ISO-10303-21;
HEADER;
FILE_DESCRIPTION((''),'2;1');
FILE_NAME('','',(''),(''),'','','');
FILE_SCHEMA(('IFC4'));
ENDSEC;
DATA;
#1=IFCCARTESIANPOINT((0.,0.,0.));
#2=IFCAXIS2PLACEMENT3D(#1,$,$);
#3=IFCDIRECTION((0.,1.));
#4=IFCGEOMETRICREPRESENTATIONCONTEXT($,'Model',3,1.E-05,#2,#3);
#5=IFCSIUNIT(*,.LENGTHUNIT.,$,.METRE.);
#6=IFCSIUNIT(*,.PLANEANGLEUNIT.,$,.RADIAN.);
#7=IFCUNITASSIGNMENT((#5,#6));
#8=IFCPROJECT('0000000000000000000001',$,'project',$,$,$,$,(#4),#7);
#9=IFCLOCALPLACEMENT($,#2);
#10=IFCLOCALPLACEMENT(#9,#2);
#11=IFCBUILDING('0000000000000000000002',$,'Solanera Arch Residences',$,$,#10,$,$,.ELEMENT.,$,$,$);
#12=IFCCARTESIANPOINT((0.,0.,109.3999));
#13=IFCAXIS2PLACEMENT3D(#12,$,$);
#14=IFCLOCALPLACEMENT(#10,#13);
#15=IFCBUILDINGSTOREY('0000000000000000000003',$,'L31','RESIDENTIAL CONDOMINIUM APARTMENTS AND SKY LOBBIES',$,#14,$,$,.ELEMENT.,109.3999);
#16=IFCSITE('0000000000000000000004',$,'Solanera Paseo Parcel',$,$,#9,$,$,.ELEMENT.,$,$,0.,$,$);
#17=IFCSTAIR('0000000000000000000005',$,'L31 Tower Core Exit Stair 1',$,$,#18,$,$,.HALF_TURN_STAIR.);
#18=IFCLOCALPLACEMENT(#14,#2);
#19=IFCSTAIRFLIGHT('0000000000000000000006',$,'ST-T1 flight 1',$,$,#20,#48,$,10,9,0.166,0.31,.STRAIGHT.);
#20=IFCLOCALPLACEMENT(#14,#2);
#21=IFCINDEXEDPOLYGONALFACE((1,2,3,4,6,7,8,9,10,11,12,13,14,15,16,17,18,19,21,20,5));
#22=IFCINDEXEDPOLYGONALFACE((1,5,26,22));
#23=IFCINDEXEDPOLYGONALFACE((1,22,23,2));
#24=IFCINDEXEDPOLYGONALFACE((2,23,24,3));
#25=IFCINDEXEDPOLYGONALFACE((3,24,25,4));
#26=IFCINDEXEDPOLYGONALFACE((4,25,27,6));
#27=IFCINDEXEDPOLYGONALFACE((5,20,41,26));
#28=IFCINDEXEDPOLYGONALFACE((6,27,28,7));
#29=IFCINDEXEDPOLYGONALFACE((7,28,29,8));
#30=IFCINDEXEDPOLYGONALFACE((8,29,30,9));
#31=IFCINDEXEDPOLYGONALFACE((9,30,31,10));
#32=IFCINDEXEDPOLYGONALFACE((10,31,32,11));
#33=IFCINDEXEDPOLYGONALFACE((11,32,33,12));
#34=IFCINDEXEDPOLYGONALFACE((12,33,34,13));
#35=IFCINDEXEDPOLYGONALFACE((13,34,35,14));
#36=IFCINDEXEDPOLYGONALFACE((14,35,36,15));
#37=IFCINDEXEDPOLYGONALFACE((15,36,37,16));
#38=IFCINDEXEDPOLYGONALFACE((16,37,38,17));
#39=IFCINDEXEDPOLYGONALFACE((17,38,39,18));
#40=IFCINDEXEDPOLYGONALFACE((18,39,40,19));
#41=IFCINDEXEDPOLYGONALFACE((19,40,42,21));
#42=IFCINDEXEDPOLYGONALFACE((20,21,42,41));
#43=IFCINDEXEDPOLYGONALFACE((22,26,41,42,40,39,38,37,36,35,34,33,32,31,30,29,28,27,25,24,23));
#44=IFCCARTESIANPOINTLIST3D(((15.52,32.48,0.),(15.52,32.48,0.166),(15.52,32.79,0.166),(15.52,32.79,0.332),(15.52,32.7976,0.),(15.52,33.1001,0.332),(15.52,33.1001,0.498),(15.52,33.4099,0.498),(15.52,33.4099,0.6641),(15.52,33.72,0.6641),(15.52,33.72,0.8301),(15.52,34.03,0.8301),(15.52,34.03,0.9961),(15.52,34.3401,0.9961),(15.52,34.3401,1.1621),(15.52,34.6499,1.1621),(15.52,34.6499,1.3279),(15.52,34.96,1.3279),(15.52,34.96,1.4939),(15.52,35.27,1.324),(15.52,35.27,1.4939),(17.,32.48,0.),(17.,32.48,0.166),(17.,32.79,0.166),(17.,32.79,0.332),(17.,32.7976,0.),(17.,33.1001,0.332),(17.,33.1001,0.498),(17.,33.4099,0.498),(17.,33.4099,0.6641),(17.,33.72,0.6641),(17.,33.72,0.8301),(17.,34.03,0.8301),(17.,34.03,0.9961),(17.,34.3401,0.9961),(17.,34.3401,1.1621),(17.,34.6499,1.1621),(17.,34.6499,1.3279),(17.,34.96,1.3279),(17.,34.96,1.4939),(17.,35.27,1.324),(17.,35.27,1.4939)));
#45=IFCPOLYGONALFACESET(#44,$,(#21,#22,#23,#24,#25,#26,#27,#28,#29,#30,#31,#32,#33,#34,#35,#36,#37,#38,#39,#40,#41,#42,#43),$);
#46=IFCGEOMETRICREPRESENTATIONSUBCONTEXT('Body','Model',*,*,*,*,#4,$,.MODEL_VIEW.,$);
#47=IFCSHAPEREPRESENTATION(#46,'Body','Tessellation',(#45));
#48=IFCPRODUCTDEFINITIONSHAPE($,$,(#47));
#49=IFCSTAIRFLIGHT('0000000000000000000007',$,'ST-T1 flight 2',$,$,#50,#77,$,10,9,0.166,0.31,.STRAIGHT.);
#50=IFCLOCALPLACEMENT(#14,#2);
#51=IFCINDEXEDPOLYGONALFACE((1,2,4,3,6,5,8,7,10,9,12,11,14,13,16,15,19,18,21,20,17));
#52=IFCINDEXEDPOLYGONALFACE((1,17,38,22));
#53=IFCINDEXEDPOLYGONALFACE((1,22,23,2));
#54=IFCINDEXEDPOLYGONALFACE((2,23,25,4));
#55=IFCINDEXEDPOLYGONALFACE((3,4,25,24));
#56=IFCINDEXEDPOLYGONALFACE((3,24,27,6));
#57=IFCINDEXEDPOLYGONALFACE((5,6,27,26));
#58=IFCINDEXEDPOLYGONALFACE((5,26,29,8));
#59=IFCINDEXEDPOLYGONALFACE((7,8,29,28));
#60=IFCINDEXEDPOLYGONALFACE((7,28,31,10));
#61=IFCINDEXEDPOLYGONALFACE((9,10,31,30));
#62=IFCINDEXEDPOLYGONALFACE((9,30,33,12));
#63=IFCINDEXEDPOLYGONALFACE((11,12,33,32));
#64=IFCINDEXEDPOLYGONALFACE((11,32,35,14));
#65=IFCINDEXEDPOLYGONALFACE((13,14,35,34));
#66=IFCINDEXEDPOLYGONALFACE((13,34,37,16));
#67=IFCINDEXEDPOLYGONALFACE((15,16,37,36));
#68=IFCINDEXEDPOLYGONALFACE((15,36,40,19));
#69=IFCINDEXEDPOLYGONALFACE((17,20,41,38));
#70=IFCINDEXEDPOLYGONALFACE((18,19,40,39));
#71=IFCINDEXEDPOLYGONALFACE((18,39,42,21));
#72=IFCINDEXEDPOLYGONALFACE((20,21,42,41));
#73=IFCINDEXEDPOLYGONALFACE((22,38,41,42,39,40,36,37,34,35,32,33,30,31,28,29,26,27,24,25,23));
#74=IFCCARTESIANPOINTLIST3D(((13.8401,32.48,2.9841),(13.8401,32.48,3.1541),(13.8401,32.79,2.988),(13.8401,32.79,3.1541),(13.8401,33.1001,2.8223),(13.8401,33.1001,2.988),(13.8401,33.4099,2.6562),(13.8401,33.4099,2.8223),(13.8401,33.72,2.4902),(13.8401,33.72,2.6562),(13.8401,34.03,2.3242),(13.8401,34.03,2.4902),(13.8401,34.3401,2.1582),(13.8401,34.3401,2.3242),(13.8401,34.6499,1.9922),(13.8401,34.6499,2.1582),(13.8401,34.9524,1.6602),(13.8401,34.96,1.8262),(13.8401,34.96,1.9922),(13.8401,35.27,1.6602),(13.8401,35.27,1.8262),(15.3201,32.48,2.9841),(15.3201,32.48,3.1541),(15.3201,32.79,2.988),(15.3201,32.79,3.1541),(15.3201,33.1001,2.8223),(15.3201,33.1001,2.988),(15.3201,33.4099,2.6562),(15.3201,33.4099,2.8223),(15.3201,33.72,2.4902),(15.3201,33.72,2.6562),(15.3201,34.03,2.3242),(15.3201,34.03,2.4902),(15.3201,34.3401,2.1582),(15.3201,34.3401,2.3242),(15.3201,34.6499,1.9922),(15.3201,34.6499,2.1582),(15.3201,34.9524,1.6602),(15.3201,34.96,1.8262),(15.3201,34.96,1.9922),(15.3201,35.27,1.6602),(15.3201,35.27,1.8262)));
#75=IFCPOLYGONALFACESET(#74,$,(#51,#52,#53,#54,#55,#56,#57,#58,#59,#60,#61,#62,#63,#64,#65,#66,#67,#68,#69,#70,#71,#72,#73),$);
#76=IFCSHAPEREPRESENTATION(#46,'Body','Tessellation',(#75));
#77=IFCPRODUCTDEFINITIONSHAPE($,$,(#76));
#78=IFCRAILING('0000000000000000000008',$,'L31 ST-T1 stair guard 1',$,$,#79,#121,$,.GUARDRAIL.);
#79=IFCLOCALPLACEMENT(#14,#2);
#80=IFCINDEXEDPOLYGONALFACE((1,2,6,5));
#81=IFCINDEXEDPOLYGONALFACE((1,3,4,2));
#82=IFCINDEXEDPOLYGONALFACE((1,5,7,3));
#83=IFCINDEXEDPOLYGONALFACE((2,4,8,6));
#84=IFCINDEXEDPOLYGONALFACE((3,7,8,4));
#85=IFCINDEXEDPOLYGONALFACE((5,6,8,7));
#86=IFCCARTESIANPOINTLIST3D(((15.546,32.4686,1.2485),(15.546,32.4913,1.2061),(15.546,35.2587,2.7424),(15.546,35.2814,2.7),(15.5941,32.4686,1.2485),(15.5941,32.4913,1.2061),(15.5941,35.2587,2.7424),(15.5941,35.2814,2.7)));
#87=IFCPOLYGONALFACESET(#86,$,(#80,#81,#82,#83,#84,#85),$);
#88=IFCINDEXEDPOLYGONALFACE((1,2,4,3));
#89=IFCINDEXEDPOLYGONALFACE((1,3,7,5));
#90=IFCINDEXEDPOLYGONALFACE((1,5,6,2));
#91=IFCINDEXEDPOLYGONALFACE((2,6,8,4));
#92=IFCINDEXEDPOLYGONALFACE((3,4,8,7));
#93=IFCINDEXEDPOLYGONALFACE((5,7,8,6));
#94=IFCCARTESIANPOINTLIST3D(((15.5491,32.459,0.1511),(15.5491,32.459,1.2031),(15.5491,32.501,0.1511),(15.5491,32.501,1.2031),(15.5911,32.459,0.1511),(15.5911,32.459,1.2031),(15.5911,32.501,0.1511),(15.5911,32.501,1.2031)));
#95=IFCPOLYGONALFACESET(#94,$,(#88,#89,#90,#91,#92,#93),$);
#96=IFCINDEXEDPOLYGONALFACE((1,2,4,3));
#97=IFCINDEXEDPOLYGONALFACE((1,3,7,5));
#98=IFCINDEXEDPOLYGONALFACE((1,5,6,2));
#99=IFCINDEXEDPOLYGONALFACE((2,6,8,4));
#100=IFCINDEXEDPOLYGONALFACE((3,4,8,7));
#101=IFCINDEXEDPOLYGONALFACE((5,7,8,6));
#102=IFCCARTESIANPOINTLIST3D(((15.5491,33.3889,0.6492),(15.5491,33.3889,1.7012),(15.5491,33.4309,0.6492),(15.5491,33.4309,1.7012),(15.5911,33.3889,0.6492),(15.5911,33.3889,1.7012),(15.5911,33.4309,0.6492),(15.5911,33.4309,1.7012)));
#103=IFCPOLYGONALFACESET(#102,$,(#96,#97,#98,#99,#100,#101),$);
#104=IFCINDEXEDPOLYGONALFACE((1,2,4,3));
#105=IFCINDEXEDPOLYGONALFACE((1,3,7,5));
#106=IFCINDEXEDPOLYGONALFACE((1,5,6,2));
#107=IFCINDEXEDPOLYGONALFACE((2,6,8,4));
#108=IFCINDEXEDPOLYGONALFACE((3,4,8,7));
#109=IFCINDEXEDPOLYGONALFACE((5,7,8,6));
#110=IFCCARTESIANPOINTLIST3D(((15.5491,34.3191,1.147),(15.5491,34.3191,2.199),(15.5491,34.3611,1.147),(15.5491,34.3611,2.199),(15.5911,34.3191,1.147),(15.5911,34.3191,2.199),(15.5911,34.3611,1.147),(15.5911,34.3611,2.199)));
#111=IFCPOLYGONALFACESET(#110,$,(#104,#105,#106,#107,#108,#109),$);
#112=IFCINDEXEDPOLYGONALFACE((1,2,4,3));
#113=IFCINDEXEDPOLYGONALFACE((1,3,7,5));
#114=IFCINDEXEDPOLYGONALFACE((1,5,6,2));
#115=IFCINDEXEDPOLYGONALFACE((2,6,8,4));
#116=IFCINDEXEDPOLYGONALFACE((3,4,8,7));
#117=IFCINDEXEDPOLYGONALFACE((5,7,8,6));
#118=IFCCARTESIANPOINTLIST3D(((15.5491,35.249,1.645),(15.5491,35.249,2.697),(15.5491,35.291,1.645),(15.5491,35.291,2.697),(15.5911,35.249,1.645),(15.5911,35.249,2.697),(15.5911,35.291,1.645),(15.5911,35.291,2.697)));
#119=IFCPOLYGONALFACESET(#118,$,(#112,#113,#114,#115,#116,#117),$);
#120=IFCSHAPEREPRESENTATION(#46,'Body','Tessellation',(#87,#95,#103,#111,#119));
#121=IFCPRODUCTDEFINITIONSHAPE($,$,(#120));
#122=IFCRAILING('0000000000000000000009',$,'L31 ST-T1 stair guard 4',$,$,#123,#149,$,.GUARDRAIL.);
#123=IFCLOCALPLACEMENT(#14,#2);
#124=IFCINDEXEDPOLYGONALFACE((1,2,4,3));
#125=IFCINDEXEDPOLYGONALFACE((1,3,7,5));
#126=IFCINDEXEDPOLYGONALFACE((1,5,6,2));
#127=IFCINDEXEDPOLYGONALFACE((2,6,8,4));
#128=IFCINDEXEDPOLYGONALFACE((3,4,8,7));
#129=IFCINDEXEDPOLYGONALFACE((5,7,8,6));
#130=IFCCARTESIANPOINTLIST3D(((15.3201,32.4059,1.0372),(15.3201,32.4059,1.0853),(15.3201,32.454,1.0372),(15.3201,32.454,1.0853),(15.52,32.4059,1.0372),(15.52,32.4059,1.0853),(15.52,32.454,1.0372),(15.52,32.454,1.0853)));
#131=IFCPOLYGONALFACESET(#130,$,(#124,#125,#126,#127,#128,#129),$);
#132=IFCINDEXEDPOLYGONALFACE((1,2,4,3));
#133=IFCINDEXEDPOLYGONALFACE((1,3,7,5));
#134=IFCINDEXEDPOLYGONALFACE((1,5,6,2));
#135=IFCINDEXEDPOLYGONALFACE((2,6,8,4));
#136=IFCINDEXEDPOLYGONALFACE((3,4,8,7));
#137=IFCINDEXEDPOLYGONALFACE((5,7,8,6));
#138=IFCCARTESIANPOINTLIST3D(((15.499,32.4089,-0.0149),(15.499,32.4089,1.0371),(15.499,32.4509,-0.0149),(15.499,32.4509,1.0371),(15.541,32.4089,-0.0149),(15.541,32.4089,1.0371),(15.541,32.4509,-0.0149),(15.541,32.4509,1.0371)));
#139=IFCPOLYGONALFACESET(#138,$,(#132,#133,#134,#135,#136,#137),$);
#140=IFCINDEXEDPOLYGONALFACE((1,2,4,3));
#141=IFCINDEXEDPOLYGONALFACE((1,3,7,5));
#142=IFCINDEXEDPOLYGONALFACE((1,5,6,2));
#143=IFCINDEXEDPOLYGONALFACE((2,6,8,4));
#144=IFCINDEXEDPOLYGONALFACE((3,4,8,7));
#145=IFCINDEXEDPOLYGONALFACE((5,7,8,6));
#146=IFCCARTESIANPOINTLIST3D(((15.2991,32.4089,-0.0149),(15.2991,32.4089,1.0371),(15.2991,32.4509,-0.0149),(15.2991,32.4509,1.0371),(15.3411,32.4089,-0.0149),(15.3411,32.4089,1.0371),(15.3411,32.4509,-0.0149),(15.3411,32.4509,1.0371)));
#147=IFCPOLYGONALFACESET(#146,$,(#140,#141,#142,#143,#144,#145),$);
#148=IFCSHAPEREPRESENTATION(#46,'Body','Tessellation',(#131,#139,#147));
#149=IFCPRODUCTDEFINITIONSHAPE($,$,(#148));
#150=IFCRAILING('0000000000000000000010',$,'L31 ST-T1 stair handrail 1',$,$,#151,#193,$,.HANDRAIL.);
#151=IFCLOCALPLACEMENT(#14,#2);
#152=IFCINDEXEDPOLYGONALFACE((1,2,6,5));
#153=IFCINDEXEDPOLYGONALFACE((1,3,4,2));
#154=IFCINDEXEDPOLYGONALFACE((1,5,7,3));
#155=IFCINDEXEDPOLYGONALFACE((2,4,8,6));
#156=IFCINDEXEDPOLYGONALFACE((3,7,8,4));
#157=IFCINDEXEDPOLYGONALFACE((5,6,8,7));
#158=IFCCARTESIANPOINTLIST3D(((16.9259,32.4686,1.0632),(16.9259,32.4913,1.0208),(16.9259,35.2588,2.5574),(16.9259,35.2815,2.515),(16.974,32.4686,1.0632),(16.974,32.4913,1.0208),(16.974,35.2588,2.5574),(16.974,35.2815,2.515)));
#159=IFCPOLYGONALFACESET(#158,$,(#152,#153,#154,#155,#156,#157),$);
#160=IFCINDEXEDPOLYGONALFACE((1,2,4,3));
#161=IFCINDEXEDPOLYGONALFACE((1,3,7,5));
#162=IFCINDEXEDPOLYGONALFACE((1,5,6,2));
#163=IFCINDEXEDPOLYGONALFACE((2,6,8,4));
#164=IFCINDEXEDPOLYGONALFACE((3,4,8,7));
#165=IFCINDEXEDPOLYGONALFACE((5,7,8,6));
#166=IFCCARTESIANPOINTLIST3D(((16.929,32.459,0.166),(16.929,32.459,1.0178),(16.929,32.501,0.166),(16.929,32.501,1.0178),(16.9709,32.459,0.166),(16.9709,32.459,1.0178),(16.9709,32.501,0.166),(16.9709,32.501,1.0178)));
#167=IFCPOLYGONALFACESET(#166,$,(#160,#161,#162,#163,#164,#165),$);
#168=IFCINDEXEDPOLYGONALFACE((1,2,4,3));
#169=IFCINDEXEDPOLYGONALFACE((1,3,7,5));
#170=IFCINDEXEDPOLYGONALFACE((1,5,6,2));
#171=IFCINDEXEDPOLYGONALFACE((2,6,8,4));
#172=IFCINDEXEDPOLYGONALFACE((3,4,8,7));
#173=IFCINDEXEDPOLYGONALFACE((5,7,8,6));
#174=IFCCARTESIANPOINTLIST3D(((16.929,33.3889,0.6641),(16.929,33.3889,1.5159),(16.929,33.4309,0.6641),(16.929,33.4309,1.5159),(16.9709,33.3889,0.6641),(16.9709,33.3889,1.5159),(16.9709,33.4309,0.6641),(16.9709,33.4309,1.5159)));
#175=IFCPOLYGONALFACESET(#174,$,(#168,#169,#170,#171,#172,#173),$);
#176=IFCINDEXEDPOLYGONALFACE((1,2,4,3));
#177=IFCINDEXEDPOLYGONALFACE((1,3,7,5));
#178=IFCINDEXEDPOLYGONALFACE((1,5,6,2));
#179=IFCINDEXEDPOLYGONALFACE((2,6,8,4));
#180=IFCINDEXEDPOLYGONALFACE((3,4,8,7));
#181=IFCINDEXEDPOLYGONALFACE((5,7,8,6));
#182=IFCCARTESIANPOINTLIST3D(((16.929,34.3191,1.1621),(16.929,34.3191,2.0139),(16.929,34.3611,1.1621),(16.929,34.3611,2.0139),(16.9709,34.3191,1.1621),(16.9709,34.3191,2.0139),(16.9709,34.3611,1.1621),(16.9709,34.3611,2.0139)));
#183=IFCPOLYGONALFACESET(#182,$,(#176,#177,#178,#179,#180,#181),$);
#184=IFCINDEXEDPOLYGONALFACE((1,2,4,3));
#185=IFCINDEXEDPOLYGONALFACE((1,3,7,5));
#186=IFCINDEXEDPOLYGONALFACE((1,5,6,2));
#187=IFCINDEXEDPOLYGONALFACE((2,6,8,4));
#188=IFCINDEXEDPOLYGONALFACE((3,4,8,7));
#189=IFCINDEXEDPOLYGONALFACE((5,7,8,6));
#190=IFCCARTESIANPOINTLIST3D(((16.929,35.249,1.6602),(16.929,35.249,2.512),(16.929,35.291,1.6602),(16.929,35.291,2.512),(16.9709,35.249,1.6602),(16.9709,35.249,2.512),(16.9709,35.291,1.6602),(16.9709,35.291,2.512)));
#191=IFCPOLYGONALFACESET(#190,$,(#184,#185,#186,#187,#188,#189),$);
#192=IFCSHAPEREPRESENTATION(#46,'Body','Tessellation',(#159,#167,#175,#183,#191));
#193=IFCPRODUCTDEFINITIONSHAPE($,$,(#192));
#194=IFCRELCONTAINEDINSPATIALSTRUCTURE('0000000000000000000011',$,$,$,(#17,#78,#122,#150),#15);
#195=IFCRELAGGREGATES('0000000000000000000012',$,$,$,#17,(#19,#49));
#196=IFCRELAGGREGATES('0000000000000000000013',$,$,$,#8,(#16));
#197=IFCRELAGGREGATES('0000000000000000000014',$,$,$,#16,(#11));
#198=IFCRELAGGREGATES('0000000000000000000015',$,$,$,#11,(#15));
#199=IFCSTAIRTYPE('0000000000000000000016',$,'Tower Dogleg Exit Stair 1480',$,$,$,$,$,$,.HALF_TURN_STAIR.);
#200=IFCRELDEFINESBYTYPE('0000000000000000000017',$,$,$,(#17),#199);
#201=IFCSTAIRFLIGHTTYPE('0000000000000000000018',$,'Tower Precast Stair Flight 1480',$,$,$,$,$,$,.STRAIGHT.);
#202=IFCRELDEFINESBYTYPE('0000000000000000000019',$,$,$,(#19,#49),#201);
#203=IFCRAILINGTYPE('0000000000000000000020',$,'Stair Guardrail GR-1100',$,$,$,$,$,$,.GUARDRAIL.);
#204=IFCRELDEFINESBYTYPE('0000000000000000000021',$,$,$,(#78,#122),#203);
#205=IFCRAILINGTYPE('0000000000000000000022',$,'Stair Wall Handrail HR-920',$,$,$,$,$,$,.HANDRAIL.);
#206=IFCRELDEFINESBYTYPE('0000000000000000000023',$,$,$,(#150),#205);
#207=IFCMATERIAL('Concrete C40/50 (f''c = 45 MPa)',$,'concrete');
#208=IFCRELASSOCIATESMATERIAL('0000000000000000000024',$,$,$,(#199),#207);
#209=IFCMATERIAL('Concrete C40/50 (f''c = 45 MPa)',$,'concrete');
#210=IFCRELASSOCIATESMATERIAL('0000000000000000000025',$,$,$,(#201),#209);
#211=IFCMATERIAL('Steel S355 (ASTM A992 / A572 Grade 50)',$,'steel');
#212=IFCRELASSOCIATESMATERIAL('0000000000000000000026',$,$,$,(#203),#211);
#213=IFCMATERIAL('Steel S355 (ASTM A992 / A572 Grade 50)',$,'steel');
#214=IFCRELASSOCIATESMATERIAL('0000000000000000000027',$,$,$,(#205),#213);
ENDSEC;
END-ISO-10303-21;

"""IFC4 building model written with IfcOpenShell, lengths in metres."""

from ifc_helpers import new_model, si_unit, direction, frame, origin, origin_2d, place, context, subcontext, project, spatial, polyline, rectangle, outline, extrude, material, type_object, element, aggregate, save


model = new_model("IFC4")

# Units and contexts
model_context = context("Model", 3, precision=1e-05, world=origin(), true_north=direction((0.0, 1.0)))
body_context = subcontext(model_context, "Body", "Model", "MODEL_VIEW")
ifc_project = project(units=[si_unit("LENGTHUNIT", "METRE"), si_unit("PLANEANGLEUNIT", "RADIAN")], contexts=[model_context])

# Site, building, storey
site_placement = place(None, origin())
site = spatial("IfcSite", under=ifc_project, at=site_placement, Name="Solanera Paseo Parcel", CompositionType="ELEMENT", RefElevation=0.0)
building_placement = place(site_placement, origin())
building = spatial("IfcBuilding", under=site, at=building_placement, Name="Solanera Arch Residences", CompositionType="ELEMENT")
storey_placement = place(building_placement, frame((0.0, 0.0, 109.3999)))
storey = spatial("IfcBuildingStorey", under=building, at=storey_placement, Name="L31", Description="RESIDENTIAL CONDOMINIUM APARTMENTS AND SKY LOBBIES", CompositionType="ELEMENT", Elevation=109.3999)

# Stair, stair flights
ifc_material_1 = material(Name="Concrete C40/50 (f'c = 45 MPa)", Category="concrete")
stair_type = type_object("IfcStairType", Name="Tower Dogleg Exit Stair 1480", PredefinedType="HALF_TURN_STAIR", material=ifc_material_1)
stair_placement = place(storey_placement, origin())
stair = element("IfcStair", 1, at=stair_placement, inside=storey, type_object=stair_type, Name="L31 Tower Core Exit Stair 1", PredefinedType="HALF_TURN_STAIR")
ifc_material_2 = material(Name="Concrete C40/50 (f'c = 45 MPa)", Category="concrete")
stair_flight_type = type_object("IfcStairFlightType", Name="Tower Precast Stair Flight 1480", PredefinedType="STRAIGHT", material=ifc_material_2)
stair_flight_1_placement = place(storey_placement, frame((16.26, 32.48, 0.0), z_axis=(0.0, 0.0, 1.0), x_axis=(0.0, 1.0, 0.0)))
stair_flight_1 = element("IfcStairFlight", 2, at=stair_flight_1_placement, type_object=stair_flight_type, Name="ST-T1 flight 1", NumberOfRisers=10, NumberOfTreads=9, PredefinedType="STRAIGHT", RiserHeight=0.166, TreadLength=0.31, context=body_context, shape_type="SweptSolid", body=[
    extrude(outline(polyline([(0.0, 0.0), (0.0, 0.166), (0.3101, 0.166), (0.3101, 0.332), (0.6201, 0.332), (0.6201, 0.498), (0.9299, 0.498), (0.9299, 0.6641), (1.24, 0.6641), (1.24, 0.8301), (1.55, 0.8301), (1.55, 0.9961), (1.8601, 0.9961), (1.8601, 1.1621), (2.1699, 1.1621), (2.1699, 1.3279), (2.48, 1.3279), (2.48, 1.4939), (2.79, 1.4939), (2.79, 1.6599), (2.79, 1.324), (0.3176, 0.0), (0.0, 0.0)])), frame((0.0, 0.74, 0.0), z_axis=(0.0, -1.0, 0.0), x_axis=(1.0, 0.0, 0.0)), (0.0, 0.0, 1.0), 1.48),
])
stair_flight_2_placement = place(storey_placement, frame((14.5801, 35.27, 1.6602), z_axis=(0.0, 0.0, 1.0), x_axis=(0.0, -1.0, 0.0)))
stair_flight_2 = element("IfcStairFlight", 3, at=stair_flight_2_placement, type_object=stair_flight_type, Name="ST-T1 flight 2", NumberOfRisers=10, NumberOfTreads=9, PredefinedType="STRAIGHT", RiserHeight=0.166, TreadLength=0.31, context=body_context, shape_type="SweptSolid", body=[
    extrude(outline(polyline([(0.0, 0.0), (0.0, 0.166), (0.3101, 0.166), (0.3101, 0.332), (0.6201, 0.332), (0.6201, 0.498), (0.9299, 0.498), (0.9299, 0.6641), (1.24, 0.6641), (1.24, 0.8301), (1.55, 0.8301), (1.55, 0.9961), (1.8601, 0.9961), (1.8601, 1.1621), (2.1699, 1.1621), (2.1699, 1.3279), (2.48, 1.3279), (2.48, 1.4939), (2.79, 1.4939), (2.79, 1.6599), (2.79, 1.324), (0.3176, 0.0), (0.0, 0.0)])), frame((0.0, 0.74, 0.0), z_axis=(0.0, -1.0, 0.0), x_axis=(1.0, 0.0, 0.0)), (0.0, 0.0, 1.0), 1.48),
])
aggregate(stair, [stair_flight_1, stair_flight_2])

# Railings
ifc_material_3 = material(Name="Steel S355 (ASTM A992 / A572 Grade 50)", Category="steel")
railing_type_1 = type_object("IfcRailingType", Name="Stair Guardrail GR-1100", PredefinedType="GUARDRAIL", material=ifc_material_3)
railing_1_placement = place(storey_placement, frame((15.5701, 32.48, 0.1511)))
element("IfcRailing", 4, at=railing_1_placement, inside=storey, type_object=railing_type_1, Name="L31 ST-T1 stair guard 1", PredefinedType="GUARDRAIL", context=body_context, shape_type="SweptSolid", body=[
    extrude(rectangle(XDim=0.0481, YDim=0.0481, at=origin_2d()), frame((0.0, 0.0, 1.0762), z_axis=(0.0, 0.881581, 0.472033), x_axis=(-1.0, 0.0, 0.0)), (0.0, 0.0, 1.0), 3.1648),
    extrude(rectangle(XDim=0.042, YDim=0.042, at=origin_2d()), origin(), (0.0, 0.0, 1.0), 1.052),
    extrude(rectangle(XDim=0.042, YDim=0.042, at=origin_2d()), frame((0.0, 0.9299, 0.498)), (0.0, 0.0, 1.0), 1.052),
    extrude(rectangle(XDim=0.042, YDim=0.042, at=origin_2d()), frame((0.0, 1.8601, 0.9958)), (0.0, 0.0, 1.0), 1.052),
    extrude(rectangle(XDim=0.042, YDim=0.042, at=origin_2d()), frame((0.0, 2.79, 1.4939)), (0.0, 0.0, 1.0), 1.052),
])
railing_2_placement = place(storey_placement, frame((15.52, 32.4299, -0.0149)))
element("IfcRailing", 5, at=railing_2_placement, inside=storey, type_object=railing_type_1, Name="L31 ST-T1 stair guard 4", PredefinedType="GUARDRAIL", context=body_context, shape_type="SweptSolid", body=[
    extrude(rectangle(XDim=0.0481, YDim=0.0481, at=origin_2d()), frame((0.0, 0.0, 1.0762), z_axis=(-1.0, 0.0, 0.0), x_axis=(0.0, -1.0, 0.0)), (0.0, 0.0, 1.0), 0.2),
    extrude(rectangle(XDim=0.042, YDim=0.042, at=origin_2d()), origin(), (0.0, 0.0, 1.0), 1.052),
    extrude(rectangle(XDim=0.042, YDim=0.042, at=origin_2d()), frame((-0.2, 0.0, 0.0)), (0.0, 0.0, 1.0), 1.052),
])
ifc_material_4 = material(Name="Steel S355 (ASTM A992 / A572 Grade 50)", Category="steel")
railing_type_2 = type_object("IfcRailingType", Name="Stair Wall Handrail HR-920", PredefinedType="HANDRAIL", material=ifc_material_4)
railing_3_placement = place(storey_placement, frame((16.95, 32.48, 0.166)))
element("IfcRailing", 6, at=railing_3_placement, inside=storey, type_object=railing_type_2, Name="L31 ST-T1 stair handrail 1", PredefinedType="HANDRAIL", context=body_context, shape_type="SweptSolid", body=[
    extrude(rectangle(XDim=0.0481, YDim=0.0481, at=origin_2d()), frame((0.0, 0.0, 0.876), z_axis=(0.0, 0.881549, 0.472093), x_axis=(-1.0, 0.0, 0.0)), (0.0, 0.0, 1.0), 3.165),
    extrude(rectangle(XDim=0.042, YDim=0.042, at=origin_2d()), origin(), (0.0, 0.0, 1.0), 0.8518),
    extrude(rectangle(XDim=0.042, YDim=0.042, at=origin_2d()), frame((0.0, 0.9299, 0.498)), (0.0, 0.0, 1.0), 0.8518),
    extrude(rectangle(XDim=0.042, YDim=0.042, at=origin_2d()), frame((0.0, 1.8601, 0.9961)), (0.0, 0.0, 1.0), 0.8518),
    extrude(rectangle(XDim=0.042, YDim=0.042, at=origin_2d()), frame((0.0, 2.79, 1.4941)), (0.0, 0.0, 1.0), 0.8518),
])

save(model, "model.ifc")
